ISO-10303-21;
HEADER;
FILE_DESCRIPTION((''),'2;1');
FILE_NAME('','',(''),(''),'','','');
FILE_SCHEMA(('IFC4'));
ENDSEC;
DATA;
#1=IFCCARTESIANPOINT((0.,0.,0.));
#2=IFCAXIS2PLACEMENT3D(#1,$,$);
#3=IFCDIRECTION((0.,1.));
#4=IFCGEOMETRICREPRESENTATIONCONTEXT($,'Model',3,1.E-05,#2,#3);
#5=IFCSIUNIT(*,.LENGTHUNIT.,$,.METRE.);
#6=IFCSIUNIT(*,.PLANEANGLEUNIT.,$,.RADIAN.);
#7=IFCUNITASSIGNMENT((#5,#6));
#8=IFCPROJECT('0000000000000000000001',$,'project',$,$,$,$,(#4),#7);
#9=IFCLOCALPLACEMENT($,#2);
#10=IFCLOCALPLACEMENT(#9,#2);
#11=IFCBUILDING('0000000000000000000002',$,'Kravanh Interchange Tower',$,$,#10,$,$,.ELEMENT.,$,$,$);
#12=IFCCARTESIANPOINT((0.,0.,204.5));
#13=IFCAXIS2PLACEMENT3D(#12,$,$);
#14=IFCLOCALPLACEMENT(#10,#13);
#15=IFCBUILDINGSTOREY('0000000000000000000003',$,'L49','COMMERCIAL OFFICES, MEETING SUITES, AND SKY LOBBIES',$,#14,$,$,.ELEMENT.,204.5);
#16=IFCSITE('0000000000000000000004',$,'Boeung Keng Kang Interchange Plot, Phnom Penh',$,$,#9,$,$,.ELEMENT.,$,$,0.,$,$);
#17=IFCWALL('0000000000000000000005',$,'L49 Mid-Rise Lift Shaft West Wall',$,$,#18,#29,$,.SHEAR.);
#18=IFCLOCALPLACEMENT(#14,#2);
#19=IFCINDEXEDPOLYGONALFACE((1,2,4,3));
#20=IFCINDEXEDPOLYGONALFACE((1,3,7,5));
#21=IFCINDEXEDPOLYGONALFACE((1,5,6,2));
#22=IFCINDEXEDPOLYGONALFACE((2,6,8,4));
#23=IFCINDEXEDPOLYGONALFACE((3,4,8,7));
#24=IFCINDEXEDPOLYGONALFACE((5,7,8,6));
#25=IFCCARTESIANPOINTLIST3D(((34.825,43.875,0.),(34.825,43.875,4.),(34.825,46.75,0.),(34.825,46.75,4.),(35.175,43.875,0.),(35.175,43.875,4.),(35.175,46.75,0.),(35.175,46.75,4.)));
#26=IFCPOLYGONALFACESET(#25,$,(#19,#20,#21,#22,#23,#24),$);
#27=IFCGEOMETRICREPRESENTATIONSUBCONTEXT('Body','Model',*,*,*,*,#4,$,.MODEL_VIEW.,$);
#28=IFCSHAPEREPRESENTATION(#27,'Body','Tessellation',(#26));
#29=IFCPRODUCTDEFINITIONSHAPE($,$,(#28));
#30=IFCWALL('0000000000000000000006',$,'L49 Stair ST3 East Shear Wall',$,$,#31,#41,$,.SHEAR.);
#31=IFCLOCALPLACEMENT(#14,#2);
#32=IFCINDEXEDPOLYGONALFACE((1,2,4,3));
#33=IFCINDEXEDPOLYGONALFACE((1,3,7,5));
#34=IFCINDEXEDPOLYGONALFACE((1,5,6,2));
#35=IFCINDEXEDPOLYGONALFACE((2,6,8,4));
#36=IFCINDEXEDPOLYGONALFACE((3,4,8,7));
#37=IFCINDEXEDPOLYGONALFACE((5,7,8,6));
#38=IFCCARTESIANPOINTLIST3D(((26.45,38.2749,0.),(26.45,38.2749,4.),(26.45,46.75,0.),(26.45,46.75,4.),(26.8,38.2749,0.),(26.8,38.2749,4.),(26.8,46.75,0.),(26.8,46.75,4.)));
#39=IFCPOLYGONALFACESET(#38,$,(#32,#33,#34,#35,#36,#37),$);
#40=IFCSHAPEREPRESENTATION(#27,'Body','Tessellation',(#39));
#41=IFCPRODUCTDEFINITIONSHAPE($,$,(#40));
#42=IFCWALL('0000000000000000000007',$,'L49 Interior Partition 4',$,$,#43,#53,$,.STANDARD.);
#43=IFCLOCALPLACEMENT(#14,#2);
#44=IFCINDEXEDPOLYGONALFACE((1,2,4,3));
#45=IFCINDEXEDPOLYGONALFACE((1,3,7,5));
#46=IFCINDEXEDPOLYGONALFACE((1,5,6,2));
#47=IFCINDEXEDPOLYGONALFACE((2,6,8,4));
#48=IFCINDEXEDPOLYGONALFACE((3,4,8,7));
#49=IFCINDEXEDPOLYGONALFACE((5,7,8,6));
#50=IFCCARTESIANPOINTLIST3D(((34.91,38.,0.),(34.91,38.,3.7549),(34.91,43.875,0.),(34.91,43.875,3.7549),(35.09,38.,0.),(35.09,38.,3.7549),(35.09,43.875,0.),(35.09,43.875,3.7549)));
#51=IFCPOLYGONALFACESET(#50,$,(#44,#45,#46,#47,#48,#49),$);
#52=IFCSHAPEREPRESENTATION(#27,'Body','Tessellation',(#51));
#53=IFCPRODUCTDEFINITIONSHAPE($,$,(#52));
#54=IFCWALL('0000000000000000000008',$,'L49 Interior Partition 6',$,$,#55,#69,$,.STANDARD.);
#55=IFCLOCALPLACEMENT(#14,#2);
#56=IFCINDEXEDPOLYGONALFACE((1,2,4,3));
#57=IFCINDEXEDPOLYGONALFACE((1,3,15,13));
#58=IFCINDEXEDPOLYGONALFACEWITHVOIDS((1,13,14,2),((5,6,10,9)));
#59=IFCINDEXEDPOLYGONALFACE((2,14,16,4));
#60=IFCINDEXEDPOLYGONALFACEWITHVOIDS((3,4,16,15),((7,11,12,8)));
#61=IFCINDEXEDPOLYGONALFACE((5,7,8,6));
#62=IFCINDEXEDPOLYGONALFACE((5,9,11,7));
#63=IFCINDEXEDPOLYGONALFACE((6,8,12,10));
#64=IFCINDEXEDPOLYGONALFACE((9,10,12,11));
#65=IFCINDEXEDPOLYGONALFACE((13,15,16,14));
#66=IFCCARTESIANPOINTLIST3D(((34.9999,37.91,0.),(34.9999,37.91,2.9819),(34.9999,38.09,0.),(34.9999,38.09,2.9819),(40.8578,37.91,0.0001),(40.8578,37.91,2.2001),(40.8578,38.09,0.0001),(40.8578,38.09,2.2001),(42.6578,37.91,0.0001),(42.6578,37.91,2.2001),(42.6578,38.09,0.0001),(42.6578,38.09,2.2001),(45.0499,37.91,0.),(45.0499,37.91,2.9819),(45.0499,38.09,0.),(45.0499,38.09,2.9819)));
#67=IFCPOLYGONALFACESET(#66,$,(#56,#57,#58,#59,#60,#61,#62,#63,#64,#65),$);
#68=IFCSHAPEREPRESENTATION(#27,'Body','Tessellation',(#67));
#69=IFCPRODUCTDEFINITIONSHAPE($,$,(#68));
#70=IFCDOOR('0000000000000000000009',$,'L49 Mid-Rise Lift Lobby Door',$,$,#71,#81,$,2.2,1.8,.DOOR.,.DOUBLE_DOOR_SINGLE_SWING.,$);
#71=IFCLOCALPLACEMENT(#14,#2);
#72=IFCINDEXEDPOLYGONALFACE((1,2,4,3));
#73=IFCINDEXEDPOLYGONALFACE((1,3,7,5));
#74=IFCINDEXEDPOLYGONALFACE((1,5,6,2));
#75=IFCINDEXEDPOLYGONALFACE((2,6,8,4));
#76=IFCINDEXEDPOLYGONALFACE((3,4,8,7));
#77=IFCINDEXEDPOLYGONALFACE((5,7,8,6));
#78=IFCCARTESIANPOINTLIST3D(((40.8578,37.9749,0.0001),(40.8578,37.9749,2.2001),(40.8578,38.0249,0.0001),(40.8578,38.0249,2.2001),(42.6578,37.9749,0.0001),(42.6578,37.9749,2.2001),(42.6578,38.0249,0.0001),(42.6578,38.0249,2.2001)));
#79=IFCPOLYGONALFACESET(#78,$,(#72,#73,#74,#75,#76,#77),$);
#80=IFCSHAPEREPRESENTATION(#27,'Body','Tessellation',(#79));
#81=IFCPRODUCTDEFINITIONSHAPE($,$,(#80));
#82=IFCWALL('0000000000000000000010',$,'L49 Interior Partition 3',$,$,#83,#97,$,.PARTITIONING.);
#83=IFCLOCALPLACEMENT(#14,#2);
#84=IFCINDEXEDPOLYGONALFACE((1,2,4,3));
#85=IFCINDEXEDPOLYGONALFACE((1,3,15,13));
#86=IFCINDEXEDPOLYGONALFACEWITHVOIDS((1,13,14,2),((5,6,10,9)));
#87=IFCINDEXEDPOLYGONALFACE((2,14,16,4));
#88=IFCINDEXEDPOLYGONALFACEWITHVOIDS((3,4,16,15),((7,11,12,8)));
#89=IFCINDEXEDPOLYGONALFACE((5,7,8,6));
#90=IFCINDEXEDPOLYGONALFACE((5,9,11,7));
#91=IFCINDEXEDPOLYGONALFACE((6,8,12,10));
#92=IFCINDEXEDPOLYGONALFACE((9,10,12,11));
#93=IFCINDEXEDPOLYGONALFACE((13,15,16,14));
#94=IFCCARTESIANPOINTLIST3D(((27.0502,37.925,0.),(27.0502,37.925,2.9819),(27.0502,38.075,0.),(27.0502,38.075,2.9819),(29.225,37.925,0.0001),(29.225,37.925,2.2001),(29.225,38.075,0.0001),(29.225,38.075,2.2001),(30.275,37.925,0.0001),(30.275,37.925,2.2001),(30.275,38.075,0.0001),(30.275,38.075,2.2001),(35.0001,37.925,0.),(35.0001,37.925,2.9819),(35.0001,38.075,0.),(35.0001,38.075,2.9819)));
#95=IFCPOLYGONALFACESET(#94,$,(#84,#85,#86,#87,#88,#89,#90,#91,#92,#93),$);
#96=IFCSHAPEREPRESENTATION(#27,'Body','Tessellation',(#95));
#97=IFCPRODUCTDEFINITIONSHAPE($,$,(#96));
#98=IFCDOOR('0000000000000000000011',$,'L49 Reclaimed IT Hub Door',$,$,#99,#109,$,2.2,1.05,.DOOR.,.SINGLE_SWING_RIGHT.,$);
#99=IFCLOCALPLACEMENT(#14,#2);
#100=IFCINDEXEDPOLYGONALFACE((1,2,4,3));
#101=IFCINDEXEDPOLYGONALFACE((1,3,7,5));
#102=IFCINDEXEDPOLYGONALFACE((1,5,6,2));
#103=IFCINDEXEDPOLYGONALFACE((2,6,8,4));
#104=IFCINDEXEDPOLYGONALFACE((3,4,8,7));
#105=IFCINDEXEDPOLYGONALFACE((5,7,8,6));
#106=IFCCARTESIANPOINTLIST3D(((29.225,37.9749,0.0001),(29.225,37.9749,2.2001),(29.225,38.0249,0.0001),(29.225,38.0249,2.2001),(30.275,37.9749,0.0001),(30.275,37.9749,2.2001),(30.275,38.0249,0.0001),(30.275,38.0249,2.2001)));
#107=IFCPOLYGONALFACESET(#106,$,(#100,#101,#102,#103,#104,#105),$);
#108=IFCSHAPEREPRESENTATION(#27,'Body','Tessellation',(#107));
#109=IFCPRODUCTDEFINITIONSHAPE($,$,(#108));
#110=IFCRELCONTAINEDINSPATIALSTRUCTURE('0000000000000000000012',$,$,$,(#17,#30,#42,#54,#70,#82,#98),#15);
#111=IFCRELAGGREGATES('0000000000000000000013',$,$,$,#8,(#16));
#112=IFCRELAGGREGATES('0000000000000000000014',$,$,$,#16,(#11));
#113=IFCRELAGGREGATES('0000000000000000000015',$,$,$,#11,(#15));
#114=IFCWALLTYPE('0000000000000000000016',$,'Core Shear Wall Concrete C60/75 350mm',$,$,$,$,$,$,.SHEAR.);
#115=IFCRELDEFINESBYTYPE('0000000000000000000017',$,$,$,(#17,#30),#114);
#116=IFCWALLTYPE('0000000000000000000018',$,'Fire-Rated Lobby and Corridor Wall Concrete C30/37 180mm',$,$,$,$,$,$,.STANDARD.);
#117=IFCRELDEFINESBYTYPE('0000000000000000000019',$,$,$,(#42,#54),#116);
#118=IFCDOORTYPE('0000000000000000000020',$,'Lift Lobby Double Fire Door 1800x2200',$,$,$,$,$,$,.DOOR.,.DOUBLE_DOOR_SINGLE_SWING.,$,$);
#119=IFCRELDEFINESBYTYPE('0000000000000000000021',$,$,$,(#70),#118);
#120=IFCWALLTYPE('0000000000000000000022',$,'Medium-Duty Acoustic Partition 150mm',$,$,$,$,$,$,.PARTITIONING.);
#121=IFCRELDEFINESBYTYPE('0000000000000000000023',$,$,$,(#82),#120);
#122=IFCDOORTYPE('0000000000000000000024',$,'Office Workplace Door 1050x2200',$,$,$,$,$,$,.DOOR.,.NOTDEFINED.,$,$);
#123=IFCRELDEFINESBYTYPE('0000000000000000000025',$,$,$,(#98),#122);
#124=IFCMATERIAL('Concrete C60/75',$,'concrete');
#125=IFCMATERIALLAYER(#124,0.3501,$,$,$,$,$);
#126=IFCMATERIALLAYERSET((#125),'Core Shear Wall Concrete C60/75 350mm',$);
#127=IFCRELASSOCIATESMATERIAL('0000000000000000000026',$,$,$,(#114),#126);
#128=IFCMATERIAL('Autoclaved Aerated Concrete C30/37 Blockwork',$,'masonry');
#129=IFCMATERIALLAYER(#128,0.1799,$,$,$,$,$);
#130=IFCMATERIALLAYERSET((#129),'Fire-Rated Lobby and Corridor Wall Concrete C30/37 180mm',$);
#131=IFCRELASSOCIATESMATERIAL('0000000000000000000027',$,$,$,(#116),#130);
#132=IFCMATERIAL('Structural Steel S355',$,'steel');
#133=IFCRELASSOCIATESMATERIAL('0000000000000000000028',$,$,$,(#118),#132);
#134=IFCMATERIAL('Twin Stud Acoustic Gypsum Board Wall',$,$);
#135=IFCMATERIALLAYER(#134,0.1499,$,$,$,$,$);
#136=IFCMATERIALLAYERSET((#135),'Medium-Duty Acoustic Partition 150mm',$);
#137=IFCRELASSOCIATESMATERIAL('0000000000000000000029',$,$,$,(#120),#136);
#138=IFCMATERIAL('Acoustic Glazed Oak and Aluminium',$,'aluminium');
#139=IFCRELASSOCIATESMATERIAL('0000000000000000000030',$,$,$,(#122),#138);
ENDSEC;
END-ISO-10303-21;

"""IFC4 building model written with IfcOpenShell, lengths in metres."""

from ifc_helpers import new_model, si_unit, direction, frame, frame_2d, origin, place, context, subcontext, project, spatial, rectangle, extrude, material, layer, layer_set, type_object, element, fill, save


model = new_model("IFC4")

# Units and contexts
model_context = context("Model", 3, precision=1e-05, world=origin(), true_north=direction((0.0, 1.0)))
body_context = subcontext(model_context, "Body", "Model", "MODEL_VIEW")
ifc_project = project(units=[si_unit("LENGTHUNIT", "METRE"), si_unit("PLANEANGLEUNIT", "RADIAN")], contexts=[model_context])

# Site, building, storey
site_placement = place(None, origin())
site = spatial("IfcSite", under=ifc_project, at=site_placement, Name="Boeung Keng Kang Interchange Plot, Phnom Penh", CompositionType="ELEMENT", RefElevation=0.0)
building_placement = place(site_placement, origin())
building = spatial("IfcBuilding", under=site, at=building_placement, Name="Kravanh Interchange Tower", CompositionType="ELEMENT")
storey_placement = place(building_placement, frame((0.0, 0.0, 204.5)))
storey = spatial("IfcBuildingStorey", under=building, at=storey_placement, Name="L49", Description="COMMERCIAL OFFICES, MEETING SUITES, AND SKY LOBBIES", CompositionType="ELEMENT", Elevation=204.5)

# Shared definitions
ifc_material_1 = material(Name="Concrete C60/75", Category="concrete")
ifc_layer_1 = layer(ifc_material_1, 0.3501)
ifc_layer_set_1 = layer_set([ifc_layer_1], Name="Core Shear Wall Concrete C60/75 350mm")
wall_type_1 = type_object("IfcWallType", Name="Core Shear Wall Concrete C60/75 350mm", PredefinedType="SHEAR", material=ifc_layer_set_1)

# Walls
wall_1_placement = place(storey_placement, frame((35.0, 43.875, 0.0), z_axis=(0.0, 0.0, 1.0), x_axis=(0.0, 1.0, 0.0)))
element("IfcWall", 1, at=wall_1_placement, inside=storey, type_object=wall_type_1, Name="L49 Mid-Rise Lift Shaft West Wall", PredefinedType="SHEAR", context=body_context, shape_type="SweptSolid", body=[
    extrude(rectangle(XDim=2.875, YDim=0.3501, at=frame_2d((1.4375, 0.0))), origin(), (0.0, 0.0, 1.0), 4.0),
])
wall_2_placement = place(storey_placement, frame((26.625, 38.2749, 0.0), z_axis=(0.0, 0.0, 1.0), x_axis=(0.0, 1.0, 0.0)))
element("IfcWall", 2, at=wall_2_placement, inside=storey, type_object=wall_type_1, Name="L49 Stair ST3 East Shear Wall", PredefinedType="SHEAR", context=body_context, shape_type="SweptSolid", body=[
    extrude(rectangle(XDim=8.4751, YDim=0.3501, at=frame_2d((4.2375, 0.0))), origin(), (0.0, 0.0, 1.0), 4.0),
])
ifc_material_2 = material(Name="Autoclaved Aerated Concrete C30/37 Blockwork", Category="masonry")
ifc_layer_2 = layer(ifc_material_2, 0.1799)
ifc_layer_set_2 = layer_set([ifc_layer_2], Name="Fire-Rated Lobby and Corridor Wall Concrete C30/37 180mm")
wall_type_2 = type_object("IfcWallType", Name="Fire-Rated Lobby and Corridor Wall Concrete C30/37 180mm", PredefinedType="STANDARD", material=ifc_layer_set_2)
wall_3_placement = place(storey_placement, frame((35.0, 38.0, 0.0), z_axis=(0.0, 0.0, 1.0), x_axis=(0.0, 1.0, 0.0)))
element("IfcWall", 3, at=wall_3_placement, inside=storey, type_object=wall_type_2, Name="L49 Interior Partition 4", PredefinedType="STANDARD", context=body_context, shape_type="SweptSolid", body=[
    extrude(rectangle(XDim=5.875, YDim=0.1799, at=frame_2d((2.9375, 0.0))), origin(), (0.0, 0.0, 1.0), 3.7549),
])

# Walls, openings, doors
wall_4_placement = place(storey_placement, frame((35.0, 38.0, 0.0), z_axis=(0.0, 0.0, 1.0), x_axis=(1.0, 0.0, 0.0)))
wall_4 = element("IfcWall", 4, at=wall_4_placement, inside=storey, type_object=wall_type_2, Name="L49 Interior Partition 6", PredefinedType="STANDARD", context=body_context, shape_type="SweptSolid", body=[
    extrude(rectangle(XDim=10.05, YDim=0.1799, at=frame_2d((5.0249, 0.0))), origin(), (0.0, 0.0, 1.0), 2.9819),
])
opening_1_placement = place(wall_4_placement, frame((5.8579, 0.0, 0.0)))
opening_1 = element("IfcOpeningElement", 5, at=opening_1_placement, cuts=wall_4, PredefinedType="OPENING", context=body_context, shape_type="SweptSolid", body=[
    extrude(rectangle(XDim=1.8, YDim=2.2, at=frame_2d((0.8999, 1.1001))), frame((0.0, 0.1001, 0.0), z_axis=(0.0, -1.0, 0.0), x_axis=(1.0, 0.0, 0.0)), (0.0, 0.0, 1.0), 0.2),
])
ifc_material_3 = material(Name="Structural Steel S355", Category="steel")
door_type_1 = type_object("IfcDoorType", Name="Lift Lobby Double Fire Door 1800x2200", OperationType="DOUBLE_DOOR_SINGLE_SWING", PredefinedType="DOOR", material=ifc_material_3)
door_1_placement = place(opening_1_placement, origin())
door_1 = element("IfcDoor", 6, at=door_1_placement, inside=storey, type_object=door_type_1, Name="L49 Mid-Rise Lift Lobby Door", OperationType="DOUBLE_DOOR_SINGLE_SWING", OverallHeight=2.2, OverallWidth=1.8, PredefinedType="DOOR", context=body_context, shape_type="SweptSolid", body=[
    extrude(rectangle(XDim=1.8, YDim=2.2, at=frame_2d((0.8999, 1.1001))), frame((0.0, 0.0249, 0.0), z_axis=(0.0, -1.0, 0.0), x_axis=(1.0, 0.0, 0.0)), (0.0, 0.0, 1.0), 0.05),
])
fill(opening_1, door_1)
ifc_material_4 = material(Name="Twin Stud Acoustic Gypsum Board Wall")
ifc_layer_3 = layer(ifc_material_4, 0.1499)
ifc_layer_set_3 = layer_set([ifc_layer_3], Name="Medium-Duty Acoustic Partition 150mm")
wall_type_3 = type_object("IfcWallType", Name="Medium-Duty Acoustic Partition 150mm", PredefinedType="PARTITIONING", material=ifc_layer_set_3)
wall_5_placement = place(storey_placement, frame((27.05, 38.0, 0.0), z_axis=(0.0, 0.0, 1.0), x_axis=(1.0, 0.0, 0.0)))
wall_5 = element("IfcWall", 7, at=wall_5_placement, inside=storey, type_object=wall_type_3, Name="L49 Interior Partition 3", PredefinedType="PARTITIONING", context=body_context, shape_type="SweptSolid", body=[
    extrude(rectangle(XDim=7.95, YDim=0.1499, at=frame_2d((3.9751, 0.0))), origin(), (0.0, 0.0, 1.0), 2.9819),
])
opening_2_placement = place(wall_5_placement, frame((2.175, 0.0, 0.0)))
opening_2 = element("IfcOpeningElement", 8, at=opening_2_placement, cuts=wall_5, PredefinedType="OPENING", context=body_context, shape_type="SweptSolid", body=[
    extrude(rectangle(XDim=1.05, YDim=2.2, at=frame_2d((0.5249, 1.1001))), frame((0.0, 0.085, 0.0), z_axis=(0.0, -1.0, 0.0), x_axis=(1.0, 0.0, 0.0)), (0.0, 0.0, 1.0), 0.1699),
])
ifc_material_5 = material(Name="Acoustic Glazed Oak and Aluminium", Category="aluminium")
door_type_2 = type_object("IfcDoorType", Name="Office Workplace Door 1050x2200", OperationType="NOTDEFINED", PredefinedType="DOOR", material=ifc_material_5)
door_2_placement = place(opening_2_placement, origin())
door_2 = element("IfcDoor", 9, at=door_2_placement, inside=storey, type_object=door_type_2, Name="L49 Reclaimed IT Hub Door", OperationType="SINGLE_SWING_RIGHT", OverallHeight=2.2, OverallWidth=1.05, PredefinedType="DOOR", context=body_context, shape_type="SweptSolid", body=[
    extrude(rectangle(XDim=1.05, YDim=2.2, at=frame_2d((0.5249, 1.1001))), frame((0.0, 0.0249, 0.0), z_axis=(0.0, -1.0, 0.0), x_axis=(1.0, 0.0, 0.0)), (0.0, 0.0, 1.0), 0.05),
])
fill(opening_2, door_2)

save(model, "model.ifc")
